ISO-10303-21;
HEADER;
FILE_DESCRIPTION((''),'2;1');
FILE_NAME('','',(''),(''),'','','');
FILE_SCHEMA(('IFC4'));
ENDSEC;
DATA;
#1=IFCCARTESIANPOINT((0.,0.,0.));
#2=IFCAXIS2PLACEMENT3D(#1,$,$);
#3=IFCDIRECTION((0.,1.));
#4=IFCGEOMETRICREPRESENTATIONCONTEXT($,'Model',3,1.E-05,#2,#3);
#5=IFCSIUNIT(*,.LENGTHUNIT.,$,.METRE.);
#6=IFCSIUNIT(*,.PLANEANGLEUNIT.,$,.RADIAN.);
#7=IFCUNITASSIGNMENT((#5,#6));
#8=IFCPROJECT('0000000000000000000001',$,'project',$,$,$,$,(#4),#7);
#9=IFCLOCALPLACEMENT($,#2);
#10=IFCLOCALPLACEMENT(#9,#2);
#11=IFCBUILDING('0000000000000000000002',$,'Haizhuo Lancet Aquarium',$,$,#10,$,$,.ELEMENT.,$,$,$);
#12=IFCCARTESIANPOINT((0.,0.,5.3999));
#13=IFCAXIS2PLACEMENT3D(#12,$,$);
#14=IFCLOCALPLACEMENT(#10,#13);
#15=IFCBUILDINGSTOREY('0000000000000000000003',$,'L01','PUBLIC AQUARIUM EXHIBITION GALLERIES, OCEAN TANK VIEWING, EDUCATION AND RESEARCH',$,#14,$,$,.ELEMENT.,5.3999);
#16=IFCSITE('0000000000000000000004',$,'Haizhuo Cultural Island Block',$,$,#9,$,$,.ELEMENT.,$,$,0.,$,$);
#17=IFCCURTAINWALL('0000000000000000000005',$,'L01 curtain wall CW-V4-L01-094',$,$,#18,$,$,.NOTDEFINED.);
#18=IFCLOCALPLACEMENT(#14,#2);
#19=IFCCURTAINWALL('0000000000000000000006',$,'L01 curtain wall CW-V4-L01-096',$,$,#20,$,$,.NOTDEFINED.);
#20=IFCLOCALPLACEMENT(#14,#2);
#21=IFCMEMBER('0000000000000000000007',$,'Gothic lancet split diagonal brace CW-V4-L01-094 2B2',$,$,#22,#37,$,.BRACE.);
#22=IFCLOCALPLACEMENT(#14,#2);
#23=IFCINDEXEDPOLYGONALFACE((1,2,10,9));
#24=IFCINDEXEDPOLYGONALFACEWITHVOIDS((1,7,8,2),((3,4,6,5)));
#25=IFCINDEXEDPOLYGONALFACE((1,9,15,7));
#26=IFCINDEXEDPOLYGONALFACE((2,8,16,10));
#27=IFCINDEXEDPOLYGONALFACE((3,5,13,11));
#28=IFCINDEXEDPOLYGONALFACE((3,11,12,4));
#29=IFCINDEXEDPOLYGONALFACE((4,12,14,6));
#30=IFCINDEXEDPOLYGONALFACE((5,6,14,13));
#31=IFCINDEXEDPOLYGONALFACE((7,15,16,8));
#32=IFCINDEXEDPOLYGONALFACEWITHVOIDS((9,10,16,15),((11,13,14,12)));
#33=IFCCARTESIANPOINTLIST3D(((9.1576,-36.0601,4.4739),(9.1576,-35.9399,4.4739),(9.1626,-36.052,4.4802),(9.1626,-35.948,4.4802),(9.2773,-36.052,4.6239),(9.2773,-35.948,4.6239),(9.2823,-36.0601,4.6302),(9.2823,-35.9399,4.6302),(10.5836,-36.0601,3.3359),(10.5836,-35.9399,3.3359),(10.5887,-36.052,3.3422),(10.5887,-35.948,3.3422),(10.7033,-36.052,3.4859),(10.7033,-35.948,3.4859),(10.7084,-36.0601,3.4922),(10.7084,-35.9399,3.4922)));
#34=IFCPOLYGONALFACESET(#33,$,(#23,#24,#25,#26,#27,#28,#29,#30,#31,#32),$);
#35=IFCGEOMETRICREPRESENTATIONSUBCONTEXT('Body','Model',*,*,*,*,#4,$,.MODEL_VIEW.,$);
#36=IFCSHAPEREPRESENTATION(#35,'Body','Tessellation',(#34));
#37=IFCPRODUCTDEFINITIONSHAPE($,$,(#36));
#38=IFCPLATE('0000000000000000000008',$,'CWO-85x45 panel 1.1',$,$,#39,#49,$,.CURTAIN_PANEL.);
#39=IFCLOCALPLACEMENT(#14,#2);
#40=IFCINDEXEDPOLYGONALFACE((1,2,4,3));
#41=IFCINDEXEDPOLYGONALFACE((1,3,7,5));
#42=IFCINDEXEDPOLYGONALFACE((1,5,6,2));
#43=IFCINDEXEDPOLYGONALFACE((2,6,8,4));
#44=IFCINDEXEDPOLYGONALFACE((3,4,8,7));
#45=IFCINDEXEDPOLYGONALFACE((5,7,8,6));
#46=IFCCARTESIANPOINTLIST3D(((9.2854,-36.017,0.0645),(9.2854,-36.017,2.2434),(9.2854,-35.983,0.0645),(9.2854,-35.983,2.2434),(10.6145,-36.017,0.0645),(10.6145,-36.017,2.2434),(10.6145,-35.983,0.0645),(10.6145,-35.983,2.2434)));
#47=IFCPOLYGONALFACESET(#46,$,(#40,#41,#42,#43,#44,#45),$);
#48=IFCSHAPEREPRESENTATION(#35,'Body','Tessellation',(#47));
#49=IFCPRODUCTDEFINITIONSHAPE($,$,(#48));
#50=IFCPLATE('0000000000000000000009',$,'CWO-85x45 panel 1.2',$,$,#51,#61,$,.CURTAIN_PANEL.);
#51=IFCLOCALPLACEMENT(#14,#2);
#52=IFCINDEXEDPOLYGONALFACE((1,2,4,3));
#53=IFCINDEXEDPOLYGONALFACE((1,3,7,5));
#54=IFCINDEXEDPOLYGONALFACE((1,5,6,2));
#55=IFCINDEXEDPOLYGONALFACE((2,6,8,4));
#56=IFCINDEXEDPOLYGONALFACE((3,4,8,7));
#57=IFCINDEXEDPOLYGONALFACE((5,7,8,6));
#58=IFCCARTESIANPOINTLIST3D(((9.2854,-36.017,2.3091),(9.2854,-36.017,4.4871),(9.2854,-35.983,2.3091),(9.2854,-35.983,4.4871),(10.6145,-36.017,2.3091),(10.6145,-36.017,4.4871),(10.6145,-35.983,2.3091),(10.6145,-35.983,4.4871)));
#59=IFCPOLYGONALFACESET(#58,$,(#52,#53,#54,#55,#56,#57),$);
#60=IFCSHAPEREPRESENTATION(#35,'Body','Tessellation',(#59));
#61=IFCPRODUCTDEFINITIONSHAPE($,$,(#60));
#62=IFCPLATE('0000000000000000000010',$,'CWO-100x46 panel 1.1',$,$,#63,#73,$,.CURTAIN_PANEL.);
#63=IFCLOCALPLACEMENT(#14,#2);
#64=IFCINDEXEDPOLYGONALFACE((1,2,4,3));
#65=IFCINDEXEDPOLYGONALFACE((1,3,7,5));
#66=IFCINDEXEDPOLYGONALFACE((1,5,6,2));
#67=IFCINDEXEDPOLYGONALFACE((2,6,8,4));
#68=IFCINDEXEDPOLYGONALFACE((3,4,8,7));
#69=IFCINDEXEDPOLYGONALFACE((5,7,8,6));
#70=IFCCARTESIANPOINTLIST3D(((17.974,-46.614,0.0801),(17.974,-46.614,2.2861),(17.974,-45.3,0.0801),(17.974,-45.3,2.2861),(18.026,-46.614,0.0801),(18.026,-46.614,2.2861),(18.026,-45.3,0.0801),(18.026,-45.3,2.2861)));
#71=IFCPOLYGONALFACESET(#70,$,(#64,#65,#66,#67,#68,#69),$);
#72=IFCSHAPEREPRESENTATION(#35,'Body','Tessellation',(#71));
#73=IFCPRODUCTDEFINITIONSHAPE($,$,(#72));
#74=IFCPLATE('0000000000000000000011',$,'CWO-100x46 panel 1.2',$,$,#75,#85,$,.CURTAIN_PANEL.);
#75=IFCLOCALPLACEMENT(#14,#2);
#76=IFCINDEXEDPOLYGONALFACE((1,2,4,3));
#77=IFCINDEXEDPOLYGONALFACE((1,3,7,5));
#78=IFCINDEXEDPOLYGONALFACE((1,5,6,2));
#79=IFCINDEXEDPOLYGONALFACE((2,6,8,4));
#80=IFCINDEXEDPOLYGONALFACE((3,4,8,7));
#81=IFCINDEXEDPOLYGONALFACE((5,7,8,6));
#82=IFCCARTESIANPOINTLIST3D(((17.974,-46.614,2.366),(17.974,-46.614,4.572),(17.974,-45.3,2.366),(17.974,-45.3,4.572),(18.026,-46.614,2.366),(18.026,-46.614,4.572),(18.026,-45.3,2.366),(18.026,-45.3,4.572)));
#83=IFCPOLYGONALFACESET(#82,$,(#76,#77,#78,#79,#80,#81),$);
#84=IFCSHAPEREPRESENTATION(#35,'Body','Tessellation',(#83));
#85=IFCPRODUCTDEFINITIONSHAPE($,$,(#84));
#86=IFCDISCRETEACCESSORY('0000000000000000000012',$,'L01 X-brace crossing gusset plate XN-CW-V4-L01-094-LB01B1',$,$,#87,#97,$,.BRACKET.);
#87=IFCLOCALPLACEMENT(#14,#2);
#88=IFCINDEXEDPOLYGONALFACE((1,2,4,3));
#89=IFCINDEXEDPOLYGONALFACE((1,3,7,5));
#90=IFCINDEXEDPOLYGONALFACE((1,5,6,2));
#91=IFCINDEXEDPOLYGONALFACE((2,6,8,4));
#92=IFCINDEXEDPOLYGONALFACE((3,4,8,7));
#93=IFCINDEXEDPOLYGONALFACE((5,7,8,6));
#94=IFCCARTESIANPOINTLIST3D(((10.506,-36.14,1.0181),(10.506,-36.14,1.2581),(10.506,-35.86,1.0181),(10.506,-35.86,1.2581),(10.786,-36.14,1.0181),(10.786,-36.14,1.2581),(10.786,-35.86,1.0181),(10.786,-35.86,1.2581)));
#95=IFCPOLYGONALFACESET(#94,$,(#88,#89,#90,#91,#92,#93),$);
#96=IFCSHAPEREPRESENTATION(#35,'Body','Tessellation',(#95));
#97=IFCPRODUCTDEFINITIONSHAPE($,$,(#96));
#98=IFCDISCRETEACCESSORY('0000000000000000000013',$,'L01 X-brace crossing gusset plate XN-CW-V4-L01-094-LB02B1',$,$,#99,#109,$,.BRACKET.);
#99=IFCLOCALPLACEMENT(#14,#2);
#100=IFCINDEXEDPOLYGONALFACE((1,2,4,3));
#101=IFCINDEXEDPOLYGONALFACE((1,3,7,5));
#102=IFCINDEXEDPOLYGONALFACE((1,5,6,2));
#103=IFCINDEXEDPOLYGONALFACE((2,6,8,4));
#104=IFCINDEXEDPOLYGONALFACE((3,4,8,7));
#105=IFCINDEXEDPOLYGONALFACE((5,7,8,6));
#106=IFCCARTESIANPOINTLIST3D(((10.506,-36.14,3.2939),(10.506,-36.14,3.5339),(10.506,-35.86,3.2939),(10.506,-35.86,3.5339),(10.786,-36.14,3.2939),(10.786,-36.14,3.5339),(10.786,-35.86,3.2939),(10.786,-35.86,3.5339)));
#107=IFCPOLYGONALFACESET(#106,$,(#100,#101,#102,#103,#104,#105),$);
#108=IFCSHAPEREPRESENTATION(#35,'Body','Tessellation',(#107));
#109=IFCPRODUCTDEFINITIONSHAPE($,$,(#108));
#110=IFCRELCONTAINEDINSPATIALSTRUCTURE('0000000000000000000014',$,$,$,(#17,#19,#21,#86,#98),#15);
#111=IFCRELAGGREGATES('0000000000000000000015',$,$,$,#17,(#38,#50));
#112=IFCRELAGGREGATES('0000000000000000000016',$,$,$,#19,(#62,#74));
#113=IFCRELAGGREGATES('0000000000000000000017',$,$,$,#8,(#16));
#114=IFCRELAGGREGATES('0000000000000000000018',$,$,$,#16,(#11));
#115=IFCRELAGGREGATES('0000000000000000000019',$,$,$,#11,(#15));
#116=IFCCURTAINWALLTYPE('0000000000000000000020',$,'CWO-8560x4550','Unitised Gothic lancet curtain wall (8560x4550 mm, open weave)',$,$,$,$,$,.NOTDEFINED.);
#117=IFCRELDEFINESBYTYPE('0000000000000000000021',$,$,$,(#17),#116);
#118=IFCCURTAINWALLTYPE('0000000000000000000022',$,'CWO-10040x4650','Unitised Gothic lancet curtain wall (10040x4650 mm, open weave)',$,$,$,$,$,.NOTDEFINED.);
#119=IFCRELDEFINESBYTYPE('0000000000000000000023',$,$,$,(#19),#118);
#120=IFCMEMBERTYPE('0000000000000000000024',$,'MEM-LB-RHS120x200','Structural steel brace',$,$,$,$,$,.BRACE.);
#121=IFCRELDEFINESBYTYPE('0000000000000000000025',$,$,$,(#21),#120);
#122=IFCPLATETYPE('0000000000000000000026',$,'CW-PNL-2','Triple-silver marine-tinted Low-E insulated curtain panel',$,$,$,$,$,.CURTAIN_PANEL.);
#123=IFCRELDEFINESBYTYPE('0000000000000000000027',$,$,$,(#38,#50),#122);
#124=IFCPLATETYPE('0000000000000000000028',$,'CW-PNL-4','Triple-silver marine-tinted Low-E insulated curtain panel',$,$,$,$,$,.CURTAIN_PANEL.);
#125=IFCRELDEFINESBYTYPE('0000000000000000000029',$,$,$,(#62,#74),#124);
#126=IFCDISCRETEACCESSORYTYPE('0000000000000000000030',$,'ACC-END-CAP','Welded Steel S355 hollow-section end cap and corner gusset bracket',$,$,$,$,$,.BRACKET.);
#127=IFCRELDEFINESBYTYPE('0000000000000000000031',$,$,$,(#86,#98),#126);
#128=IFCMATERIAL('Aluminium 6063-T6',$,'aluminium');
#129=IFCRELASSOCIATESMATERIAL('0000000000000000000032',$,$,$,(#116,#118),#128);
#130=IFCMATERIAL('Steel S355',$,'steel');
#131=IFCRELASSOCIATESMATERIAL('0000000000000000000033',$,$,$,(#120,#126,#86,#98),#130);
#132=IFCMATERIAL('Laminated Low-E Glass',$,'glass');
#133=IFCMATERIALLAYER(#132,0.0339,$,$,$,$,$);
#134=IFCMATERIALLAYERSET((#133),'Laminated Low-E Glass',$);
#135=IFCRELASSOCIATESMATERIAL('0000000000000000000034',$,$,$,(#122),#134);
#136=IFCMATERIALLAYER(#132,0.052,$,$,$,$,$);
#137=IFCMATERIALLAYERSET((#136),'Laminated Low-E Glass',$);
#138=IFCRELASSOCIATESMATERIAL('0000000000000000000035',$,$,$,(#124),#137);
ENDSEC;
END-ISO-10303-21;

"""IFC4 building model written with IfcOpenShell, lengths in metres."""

from ifc_helpers import new_model, si_unit, direction, frame, origin, origin_2d, place, context, subcontext, project, spatial, rectangle, hollow_rectangle, extrude, material, layer, layer_set, material_profile, profile_set, type_object, element, aggregate, save


model = new_model("IFC4")

# Units and contexts
model_context = context("Model", 3, precision=1e-05, world=origin(), true_north=direction((0.0, 1.0)))
body_context = subcontext(model_context, "Body", "Model", "MODEL_VIEW")
ifc_project = project(units=[si_unit("LENGTHUNIT", "METRE"), si_unit("PLANEANGLEUNIT", "RADIAN")], contexts=[model_context])

# Site, building, storey
site_placement = place(None, origin())
site = spatial("IfcSite", under=ifc_project, at=site_placement, Name="Haizhuo Cultural Island Block", CompositionType="ELEMENT", RefElevation=0.0)
building_placement = place(site_placement, origin())
building = spatial("IfcBuilding", under=site, at=building_placement, Name="Haizhuo Lancet Aquarium", CompositionType="ELEMENT")
storey_placement = place(building_placement, frame((0.0, 0.0, 5.3999)))
storey = spatial("IfcBuildingStorey", under=building, at=storey_placement, Name="L01", Description="PUBLIC AQUARIUM EXHIBITION GALLERIES, OCEAN TANK VIEWING, EDUCATION AND RESEARCH", CompositionType="ELEMENT", Elevation=5.3999)

# Curtain wall
ifc_material_1 = material(Name="Aluminium 6063-T6", Category="aluminium")
curtain_wall_type_1 = type_object("IfcCurtainWallType", Name="CWO-8560x4550", Description="Unitised Gothic lancet curtain wall (8560x4550 mm, open weave)", PredefinedType="NOTDEFINED", material=ifc_material_1)
curtain_wall_1_placement = place(storey_placement, origin())
curtain_wall_1 = element("IfcCurtainWall", 1, at=curtain_wall_1_placement, inside=storey, type_object=curtain_wall_type_1, Name="L01 curtain wall CW-V4-L01-094", PredefinedType="NOTDEFINED")

# Curtain wall
curtain_wall_type_2 = type_object("IfcCurtainWallType", Name="CWO-10040x4650", Description="Unitised Gothic lancet curtain wall (10040x4650 mm, open weave)", PredefinedType="NOTDEFINED", material=ifc_material_1)
curtain_wall_2_placement = place(storey_placement, origin())
curtain_wall_2 = element("IfcCurtainWall", 2, at=curtain_wall_2_placement, inside=storey, type_object=curtain_wall_type_2, Name="L01 curtain wall CW-V4-L01-096", PredefinedType="NOTDEFINED")

# Shared definitions
ifc_material_2 = material(Name="Steel S355", Category="steel")

# Member
ifc_material_profile_1 = material_profile(ifc_material_2, hollow_rectangle(XDim=0.1201, YDim=0.2, WallThickness=0.0081, at=origin_2d()), Name="RHS 120x200x8")
ifc_profile_set_1 = profile_set([ifc_material_profile_1], Name="Steel S355")
member_type_1 = type_object("IfcMemberType", Name="MEM-LB-RHS120x200", Description="Structural steel brace", PredefinedType="BRACE", material=ifc_profile_set_1)
member_1_placement = place(storey_placement, frame((10.646, -36.0, 3.4141), z_axis=(-0.781638, 0.0, 0.623732), x_axis=(0.0, -1.0, 0.0)))
element("IfcMember", 3, at=member_1_placement, inside=storey, type_object=member_type_1, Name="Gothic lancet split diagonal brace CW-V4-L01-094 2B2", PredefinedType="BRACE", context=body_context, shape_type="SweptSolid", body=[
    extrude(hollow_rectangle(XDim=0.1201, YDim=0.2, WallThickness=0.0081, at=origin_2d()), origin(), (0.0, 0.0, 1.0), 1.8245),
])

# Plates
ifc_material_3 = material(Name="Laminated Low-E Glass", Category="glass")
ifc_layer_1 = layer(ifc_material_3, 0.0339)
ifc_layer_set_1 = layer_set([ifc_layer_1], Name="Laminated Low-E Glass")
plate_type_1 = type_object("IfcPlateType", Name="CW-PNL-2", Description="Triple-silver marine-tinted Low-E insulated curtain panel", PredefinedType="CURTAIN_PANEL", material=ifc_layer_set_1)
plate_1_placement = place(storey_placement, frame((9.95, -36.0, 0.0645), z_axis=(0.0, 0.0, 1.0), x_axis=(1.0, 0.0, 0.0)))
plate_1 = element("IfcPlate", 4, at=plate_1_placement, type_object=plate_type_1, Name="CWO-85x45 panel 1.1", PredefinedType="CURTAIN_PANEL", context=body_context, shape_type="SweptSolid", body=[
    extrude(rectangle(XDim=1.3291, YDim=0.0339, at=origin_2d()), origin(), (0.0, 0.0, 1.0), 2.179),
])
plate_2_placement = place(storey_placement, frame((9.95, -36.0, 2.3091), z_axis=(0.0, 0.0, 1.0), x_axis=(1.0, 0.0, 0.0)))
plate_2 = element("IfcPlate", 5, at=plate_2_placement, type_object=plate_type_1, Name="CWO-85x45 panel 1.2", PredefinedType="CURTAIN_PANEL", context=body_context, shape_type="SweptSolid", body=[
    extrude(rectangle(XDim=1.3291, YDim=0.0339, at=origin_2d()), origin(), (0.0, 0.0, 1.0), 2.178),
])
aggregate(curtain_wall_1, [plate_1, plate_2])
ifc_layer_2 = layer(ifc_material_3, 0.052)
ifc_layer_set_2 = layer_set([ifc_layer_2], Name="Laminated Low-E Glass")
plate_type_2 = type_object("IfcPlateType", Name="CW-PNL-4", Description="Triple-silver marine-tinted Low-E insulated curtain panel", PredefinedType="CURTAIN_PANEL", material=ifc_layer_set_2)
plate_3_placement = place(storey_placement, frame((18.0, -45.957, 0.0801), z_axis=(0.0, 0.0, 1.0), x_axis=(0.0, -1.0, 0.0)))
plate_3 = element("IfcPlate", 6, at=plate_3_placement, type_object=plate_type_2, Name="CWO-100x46 panel 1.1", PredefinedType="CURTAIN_PANEL", context=body_context, shape_type="SweptSolid", body=[
    extrude(rectangle(XDim=1.314, YDim=0.052, at=origin_2d()), origin(), (0.0, 0.0, 1.0), 2.2061),
])
plate_4_placement = place(storey_placement, frame((18.0, -45.957, 2.366), z_axis=(0.0, 0.0, 1.0), x_axis=(0.0, -1.0, 0.0)))
plate_4 = element("IfcPlate", 7, at=plate_4_placement, type_object=plate_type_2, Name="CWO-100x46 panel 1.2", PredefinedType="CURTAIN_PANEL", context=body_context, shape_type="SweptSolid", body=[
    extrude(rectangle(XDim=1.314, YDim=0.052, at=origin_2d()), origin(), (0.0, 0.0, 1.0), 2.2061),
])
aggregate(curtain_wall_2, [plate_3, plate_4])

# Discrete accessories
discrete_accessory_type = type_object("IfcDiscreteAccessoryType", Name="ACC-END-CAP", Description="Welded Steel S355 hollow-section end cap and corner gusset bracket", PredefinedType="BRACKET", material=ifc_material_2)
for number, where, z_axis, x_axis, name in (
    (8, (10.646, -36.0, 1.0181), (0.0, 0.0, 1.0), (1.0, 0.0, 0.0), "L01 X-brace crossing gusset plate XN-CW-V4-L01-094-LB01B1"),
    (9, (10.646, -36.0, 3.2939), (0.0, 0.0, 1.0), (1.0, 0.0, 0.0), "L01 X-brace crossing gusset plate XN-CW-V4-L01-094-LB02B1"),
):
    element("IfcDiscreteAccessory", number, at=place(storey_placement, frame(where, z_axis=z_axis, x_axis=x_axis)), inside=storey, type_object=discrete_accessory_type, material=ifc_material_2, Name=name, PredefinedType="BRACKET", context=body_context, shape_type="SweptSolid", body=[
        extrude(rectangle(XDim=0.28, YDim=0.28, at=origin_2d()), origin(), (0.0, 0.0, 1.0), 0.24),
    ])

save(model, "model.ifc")
